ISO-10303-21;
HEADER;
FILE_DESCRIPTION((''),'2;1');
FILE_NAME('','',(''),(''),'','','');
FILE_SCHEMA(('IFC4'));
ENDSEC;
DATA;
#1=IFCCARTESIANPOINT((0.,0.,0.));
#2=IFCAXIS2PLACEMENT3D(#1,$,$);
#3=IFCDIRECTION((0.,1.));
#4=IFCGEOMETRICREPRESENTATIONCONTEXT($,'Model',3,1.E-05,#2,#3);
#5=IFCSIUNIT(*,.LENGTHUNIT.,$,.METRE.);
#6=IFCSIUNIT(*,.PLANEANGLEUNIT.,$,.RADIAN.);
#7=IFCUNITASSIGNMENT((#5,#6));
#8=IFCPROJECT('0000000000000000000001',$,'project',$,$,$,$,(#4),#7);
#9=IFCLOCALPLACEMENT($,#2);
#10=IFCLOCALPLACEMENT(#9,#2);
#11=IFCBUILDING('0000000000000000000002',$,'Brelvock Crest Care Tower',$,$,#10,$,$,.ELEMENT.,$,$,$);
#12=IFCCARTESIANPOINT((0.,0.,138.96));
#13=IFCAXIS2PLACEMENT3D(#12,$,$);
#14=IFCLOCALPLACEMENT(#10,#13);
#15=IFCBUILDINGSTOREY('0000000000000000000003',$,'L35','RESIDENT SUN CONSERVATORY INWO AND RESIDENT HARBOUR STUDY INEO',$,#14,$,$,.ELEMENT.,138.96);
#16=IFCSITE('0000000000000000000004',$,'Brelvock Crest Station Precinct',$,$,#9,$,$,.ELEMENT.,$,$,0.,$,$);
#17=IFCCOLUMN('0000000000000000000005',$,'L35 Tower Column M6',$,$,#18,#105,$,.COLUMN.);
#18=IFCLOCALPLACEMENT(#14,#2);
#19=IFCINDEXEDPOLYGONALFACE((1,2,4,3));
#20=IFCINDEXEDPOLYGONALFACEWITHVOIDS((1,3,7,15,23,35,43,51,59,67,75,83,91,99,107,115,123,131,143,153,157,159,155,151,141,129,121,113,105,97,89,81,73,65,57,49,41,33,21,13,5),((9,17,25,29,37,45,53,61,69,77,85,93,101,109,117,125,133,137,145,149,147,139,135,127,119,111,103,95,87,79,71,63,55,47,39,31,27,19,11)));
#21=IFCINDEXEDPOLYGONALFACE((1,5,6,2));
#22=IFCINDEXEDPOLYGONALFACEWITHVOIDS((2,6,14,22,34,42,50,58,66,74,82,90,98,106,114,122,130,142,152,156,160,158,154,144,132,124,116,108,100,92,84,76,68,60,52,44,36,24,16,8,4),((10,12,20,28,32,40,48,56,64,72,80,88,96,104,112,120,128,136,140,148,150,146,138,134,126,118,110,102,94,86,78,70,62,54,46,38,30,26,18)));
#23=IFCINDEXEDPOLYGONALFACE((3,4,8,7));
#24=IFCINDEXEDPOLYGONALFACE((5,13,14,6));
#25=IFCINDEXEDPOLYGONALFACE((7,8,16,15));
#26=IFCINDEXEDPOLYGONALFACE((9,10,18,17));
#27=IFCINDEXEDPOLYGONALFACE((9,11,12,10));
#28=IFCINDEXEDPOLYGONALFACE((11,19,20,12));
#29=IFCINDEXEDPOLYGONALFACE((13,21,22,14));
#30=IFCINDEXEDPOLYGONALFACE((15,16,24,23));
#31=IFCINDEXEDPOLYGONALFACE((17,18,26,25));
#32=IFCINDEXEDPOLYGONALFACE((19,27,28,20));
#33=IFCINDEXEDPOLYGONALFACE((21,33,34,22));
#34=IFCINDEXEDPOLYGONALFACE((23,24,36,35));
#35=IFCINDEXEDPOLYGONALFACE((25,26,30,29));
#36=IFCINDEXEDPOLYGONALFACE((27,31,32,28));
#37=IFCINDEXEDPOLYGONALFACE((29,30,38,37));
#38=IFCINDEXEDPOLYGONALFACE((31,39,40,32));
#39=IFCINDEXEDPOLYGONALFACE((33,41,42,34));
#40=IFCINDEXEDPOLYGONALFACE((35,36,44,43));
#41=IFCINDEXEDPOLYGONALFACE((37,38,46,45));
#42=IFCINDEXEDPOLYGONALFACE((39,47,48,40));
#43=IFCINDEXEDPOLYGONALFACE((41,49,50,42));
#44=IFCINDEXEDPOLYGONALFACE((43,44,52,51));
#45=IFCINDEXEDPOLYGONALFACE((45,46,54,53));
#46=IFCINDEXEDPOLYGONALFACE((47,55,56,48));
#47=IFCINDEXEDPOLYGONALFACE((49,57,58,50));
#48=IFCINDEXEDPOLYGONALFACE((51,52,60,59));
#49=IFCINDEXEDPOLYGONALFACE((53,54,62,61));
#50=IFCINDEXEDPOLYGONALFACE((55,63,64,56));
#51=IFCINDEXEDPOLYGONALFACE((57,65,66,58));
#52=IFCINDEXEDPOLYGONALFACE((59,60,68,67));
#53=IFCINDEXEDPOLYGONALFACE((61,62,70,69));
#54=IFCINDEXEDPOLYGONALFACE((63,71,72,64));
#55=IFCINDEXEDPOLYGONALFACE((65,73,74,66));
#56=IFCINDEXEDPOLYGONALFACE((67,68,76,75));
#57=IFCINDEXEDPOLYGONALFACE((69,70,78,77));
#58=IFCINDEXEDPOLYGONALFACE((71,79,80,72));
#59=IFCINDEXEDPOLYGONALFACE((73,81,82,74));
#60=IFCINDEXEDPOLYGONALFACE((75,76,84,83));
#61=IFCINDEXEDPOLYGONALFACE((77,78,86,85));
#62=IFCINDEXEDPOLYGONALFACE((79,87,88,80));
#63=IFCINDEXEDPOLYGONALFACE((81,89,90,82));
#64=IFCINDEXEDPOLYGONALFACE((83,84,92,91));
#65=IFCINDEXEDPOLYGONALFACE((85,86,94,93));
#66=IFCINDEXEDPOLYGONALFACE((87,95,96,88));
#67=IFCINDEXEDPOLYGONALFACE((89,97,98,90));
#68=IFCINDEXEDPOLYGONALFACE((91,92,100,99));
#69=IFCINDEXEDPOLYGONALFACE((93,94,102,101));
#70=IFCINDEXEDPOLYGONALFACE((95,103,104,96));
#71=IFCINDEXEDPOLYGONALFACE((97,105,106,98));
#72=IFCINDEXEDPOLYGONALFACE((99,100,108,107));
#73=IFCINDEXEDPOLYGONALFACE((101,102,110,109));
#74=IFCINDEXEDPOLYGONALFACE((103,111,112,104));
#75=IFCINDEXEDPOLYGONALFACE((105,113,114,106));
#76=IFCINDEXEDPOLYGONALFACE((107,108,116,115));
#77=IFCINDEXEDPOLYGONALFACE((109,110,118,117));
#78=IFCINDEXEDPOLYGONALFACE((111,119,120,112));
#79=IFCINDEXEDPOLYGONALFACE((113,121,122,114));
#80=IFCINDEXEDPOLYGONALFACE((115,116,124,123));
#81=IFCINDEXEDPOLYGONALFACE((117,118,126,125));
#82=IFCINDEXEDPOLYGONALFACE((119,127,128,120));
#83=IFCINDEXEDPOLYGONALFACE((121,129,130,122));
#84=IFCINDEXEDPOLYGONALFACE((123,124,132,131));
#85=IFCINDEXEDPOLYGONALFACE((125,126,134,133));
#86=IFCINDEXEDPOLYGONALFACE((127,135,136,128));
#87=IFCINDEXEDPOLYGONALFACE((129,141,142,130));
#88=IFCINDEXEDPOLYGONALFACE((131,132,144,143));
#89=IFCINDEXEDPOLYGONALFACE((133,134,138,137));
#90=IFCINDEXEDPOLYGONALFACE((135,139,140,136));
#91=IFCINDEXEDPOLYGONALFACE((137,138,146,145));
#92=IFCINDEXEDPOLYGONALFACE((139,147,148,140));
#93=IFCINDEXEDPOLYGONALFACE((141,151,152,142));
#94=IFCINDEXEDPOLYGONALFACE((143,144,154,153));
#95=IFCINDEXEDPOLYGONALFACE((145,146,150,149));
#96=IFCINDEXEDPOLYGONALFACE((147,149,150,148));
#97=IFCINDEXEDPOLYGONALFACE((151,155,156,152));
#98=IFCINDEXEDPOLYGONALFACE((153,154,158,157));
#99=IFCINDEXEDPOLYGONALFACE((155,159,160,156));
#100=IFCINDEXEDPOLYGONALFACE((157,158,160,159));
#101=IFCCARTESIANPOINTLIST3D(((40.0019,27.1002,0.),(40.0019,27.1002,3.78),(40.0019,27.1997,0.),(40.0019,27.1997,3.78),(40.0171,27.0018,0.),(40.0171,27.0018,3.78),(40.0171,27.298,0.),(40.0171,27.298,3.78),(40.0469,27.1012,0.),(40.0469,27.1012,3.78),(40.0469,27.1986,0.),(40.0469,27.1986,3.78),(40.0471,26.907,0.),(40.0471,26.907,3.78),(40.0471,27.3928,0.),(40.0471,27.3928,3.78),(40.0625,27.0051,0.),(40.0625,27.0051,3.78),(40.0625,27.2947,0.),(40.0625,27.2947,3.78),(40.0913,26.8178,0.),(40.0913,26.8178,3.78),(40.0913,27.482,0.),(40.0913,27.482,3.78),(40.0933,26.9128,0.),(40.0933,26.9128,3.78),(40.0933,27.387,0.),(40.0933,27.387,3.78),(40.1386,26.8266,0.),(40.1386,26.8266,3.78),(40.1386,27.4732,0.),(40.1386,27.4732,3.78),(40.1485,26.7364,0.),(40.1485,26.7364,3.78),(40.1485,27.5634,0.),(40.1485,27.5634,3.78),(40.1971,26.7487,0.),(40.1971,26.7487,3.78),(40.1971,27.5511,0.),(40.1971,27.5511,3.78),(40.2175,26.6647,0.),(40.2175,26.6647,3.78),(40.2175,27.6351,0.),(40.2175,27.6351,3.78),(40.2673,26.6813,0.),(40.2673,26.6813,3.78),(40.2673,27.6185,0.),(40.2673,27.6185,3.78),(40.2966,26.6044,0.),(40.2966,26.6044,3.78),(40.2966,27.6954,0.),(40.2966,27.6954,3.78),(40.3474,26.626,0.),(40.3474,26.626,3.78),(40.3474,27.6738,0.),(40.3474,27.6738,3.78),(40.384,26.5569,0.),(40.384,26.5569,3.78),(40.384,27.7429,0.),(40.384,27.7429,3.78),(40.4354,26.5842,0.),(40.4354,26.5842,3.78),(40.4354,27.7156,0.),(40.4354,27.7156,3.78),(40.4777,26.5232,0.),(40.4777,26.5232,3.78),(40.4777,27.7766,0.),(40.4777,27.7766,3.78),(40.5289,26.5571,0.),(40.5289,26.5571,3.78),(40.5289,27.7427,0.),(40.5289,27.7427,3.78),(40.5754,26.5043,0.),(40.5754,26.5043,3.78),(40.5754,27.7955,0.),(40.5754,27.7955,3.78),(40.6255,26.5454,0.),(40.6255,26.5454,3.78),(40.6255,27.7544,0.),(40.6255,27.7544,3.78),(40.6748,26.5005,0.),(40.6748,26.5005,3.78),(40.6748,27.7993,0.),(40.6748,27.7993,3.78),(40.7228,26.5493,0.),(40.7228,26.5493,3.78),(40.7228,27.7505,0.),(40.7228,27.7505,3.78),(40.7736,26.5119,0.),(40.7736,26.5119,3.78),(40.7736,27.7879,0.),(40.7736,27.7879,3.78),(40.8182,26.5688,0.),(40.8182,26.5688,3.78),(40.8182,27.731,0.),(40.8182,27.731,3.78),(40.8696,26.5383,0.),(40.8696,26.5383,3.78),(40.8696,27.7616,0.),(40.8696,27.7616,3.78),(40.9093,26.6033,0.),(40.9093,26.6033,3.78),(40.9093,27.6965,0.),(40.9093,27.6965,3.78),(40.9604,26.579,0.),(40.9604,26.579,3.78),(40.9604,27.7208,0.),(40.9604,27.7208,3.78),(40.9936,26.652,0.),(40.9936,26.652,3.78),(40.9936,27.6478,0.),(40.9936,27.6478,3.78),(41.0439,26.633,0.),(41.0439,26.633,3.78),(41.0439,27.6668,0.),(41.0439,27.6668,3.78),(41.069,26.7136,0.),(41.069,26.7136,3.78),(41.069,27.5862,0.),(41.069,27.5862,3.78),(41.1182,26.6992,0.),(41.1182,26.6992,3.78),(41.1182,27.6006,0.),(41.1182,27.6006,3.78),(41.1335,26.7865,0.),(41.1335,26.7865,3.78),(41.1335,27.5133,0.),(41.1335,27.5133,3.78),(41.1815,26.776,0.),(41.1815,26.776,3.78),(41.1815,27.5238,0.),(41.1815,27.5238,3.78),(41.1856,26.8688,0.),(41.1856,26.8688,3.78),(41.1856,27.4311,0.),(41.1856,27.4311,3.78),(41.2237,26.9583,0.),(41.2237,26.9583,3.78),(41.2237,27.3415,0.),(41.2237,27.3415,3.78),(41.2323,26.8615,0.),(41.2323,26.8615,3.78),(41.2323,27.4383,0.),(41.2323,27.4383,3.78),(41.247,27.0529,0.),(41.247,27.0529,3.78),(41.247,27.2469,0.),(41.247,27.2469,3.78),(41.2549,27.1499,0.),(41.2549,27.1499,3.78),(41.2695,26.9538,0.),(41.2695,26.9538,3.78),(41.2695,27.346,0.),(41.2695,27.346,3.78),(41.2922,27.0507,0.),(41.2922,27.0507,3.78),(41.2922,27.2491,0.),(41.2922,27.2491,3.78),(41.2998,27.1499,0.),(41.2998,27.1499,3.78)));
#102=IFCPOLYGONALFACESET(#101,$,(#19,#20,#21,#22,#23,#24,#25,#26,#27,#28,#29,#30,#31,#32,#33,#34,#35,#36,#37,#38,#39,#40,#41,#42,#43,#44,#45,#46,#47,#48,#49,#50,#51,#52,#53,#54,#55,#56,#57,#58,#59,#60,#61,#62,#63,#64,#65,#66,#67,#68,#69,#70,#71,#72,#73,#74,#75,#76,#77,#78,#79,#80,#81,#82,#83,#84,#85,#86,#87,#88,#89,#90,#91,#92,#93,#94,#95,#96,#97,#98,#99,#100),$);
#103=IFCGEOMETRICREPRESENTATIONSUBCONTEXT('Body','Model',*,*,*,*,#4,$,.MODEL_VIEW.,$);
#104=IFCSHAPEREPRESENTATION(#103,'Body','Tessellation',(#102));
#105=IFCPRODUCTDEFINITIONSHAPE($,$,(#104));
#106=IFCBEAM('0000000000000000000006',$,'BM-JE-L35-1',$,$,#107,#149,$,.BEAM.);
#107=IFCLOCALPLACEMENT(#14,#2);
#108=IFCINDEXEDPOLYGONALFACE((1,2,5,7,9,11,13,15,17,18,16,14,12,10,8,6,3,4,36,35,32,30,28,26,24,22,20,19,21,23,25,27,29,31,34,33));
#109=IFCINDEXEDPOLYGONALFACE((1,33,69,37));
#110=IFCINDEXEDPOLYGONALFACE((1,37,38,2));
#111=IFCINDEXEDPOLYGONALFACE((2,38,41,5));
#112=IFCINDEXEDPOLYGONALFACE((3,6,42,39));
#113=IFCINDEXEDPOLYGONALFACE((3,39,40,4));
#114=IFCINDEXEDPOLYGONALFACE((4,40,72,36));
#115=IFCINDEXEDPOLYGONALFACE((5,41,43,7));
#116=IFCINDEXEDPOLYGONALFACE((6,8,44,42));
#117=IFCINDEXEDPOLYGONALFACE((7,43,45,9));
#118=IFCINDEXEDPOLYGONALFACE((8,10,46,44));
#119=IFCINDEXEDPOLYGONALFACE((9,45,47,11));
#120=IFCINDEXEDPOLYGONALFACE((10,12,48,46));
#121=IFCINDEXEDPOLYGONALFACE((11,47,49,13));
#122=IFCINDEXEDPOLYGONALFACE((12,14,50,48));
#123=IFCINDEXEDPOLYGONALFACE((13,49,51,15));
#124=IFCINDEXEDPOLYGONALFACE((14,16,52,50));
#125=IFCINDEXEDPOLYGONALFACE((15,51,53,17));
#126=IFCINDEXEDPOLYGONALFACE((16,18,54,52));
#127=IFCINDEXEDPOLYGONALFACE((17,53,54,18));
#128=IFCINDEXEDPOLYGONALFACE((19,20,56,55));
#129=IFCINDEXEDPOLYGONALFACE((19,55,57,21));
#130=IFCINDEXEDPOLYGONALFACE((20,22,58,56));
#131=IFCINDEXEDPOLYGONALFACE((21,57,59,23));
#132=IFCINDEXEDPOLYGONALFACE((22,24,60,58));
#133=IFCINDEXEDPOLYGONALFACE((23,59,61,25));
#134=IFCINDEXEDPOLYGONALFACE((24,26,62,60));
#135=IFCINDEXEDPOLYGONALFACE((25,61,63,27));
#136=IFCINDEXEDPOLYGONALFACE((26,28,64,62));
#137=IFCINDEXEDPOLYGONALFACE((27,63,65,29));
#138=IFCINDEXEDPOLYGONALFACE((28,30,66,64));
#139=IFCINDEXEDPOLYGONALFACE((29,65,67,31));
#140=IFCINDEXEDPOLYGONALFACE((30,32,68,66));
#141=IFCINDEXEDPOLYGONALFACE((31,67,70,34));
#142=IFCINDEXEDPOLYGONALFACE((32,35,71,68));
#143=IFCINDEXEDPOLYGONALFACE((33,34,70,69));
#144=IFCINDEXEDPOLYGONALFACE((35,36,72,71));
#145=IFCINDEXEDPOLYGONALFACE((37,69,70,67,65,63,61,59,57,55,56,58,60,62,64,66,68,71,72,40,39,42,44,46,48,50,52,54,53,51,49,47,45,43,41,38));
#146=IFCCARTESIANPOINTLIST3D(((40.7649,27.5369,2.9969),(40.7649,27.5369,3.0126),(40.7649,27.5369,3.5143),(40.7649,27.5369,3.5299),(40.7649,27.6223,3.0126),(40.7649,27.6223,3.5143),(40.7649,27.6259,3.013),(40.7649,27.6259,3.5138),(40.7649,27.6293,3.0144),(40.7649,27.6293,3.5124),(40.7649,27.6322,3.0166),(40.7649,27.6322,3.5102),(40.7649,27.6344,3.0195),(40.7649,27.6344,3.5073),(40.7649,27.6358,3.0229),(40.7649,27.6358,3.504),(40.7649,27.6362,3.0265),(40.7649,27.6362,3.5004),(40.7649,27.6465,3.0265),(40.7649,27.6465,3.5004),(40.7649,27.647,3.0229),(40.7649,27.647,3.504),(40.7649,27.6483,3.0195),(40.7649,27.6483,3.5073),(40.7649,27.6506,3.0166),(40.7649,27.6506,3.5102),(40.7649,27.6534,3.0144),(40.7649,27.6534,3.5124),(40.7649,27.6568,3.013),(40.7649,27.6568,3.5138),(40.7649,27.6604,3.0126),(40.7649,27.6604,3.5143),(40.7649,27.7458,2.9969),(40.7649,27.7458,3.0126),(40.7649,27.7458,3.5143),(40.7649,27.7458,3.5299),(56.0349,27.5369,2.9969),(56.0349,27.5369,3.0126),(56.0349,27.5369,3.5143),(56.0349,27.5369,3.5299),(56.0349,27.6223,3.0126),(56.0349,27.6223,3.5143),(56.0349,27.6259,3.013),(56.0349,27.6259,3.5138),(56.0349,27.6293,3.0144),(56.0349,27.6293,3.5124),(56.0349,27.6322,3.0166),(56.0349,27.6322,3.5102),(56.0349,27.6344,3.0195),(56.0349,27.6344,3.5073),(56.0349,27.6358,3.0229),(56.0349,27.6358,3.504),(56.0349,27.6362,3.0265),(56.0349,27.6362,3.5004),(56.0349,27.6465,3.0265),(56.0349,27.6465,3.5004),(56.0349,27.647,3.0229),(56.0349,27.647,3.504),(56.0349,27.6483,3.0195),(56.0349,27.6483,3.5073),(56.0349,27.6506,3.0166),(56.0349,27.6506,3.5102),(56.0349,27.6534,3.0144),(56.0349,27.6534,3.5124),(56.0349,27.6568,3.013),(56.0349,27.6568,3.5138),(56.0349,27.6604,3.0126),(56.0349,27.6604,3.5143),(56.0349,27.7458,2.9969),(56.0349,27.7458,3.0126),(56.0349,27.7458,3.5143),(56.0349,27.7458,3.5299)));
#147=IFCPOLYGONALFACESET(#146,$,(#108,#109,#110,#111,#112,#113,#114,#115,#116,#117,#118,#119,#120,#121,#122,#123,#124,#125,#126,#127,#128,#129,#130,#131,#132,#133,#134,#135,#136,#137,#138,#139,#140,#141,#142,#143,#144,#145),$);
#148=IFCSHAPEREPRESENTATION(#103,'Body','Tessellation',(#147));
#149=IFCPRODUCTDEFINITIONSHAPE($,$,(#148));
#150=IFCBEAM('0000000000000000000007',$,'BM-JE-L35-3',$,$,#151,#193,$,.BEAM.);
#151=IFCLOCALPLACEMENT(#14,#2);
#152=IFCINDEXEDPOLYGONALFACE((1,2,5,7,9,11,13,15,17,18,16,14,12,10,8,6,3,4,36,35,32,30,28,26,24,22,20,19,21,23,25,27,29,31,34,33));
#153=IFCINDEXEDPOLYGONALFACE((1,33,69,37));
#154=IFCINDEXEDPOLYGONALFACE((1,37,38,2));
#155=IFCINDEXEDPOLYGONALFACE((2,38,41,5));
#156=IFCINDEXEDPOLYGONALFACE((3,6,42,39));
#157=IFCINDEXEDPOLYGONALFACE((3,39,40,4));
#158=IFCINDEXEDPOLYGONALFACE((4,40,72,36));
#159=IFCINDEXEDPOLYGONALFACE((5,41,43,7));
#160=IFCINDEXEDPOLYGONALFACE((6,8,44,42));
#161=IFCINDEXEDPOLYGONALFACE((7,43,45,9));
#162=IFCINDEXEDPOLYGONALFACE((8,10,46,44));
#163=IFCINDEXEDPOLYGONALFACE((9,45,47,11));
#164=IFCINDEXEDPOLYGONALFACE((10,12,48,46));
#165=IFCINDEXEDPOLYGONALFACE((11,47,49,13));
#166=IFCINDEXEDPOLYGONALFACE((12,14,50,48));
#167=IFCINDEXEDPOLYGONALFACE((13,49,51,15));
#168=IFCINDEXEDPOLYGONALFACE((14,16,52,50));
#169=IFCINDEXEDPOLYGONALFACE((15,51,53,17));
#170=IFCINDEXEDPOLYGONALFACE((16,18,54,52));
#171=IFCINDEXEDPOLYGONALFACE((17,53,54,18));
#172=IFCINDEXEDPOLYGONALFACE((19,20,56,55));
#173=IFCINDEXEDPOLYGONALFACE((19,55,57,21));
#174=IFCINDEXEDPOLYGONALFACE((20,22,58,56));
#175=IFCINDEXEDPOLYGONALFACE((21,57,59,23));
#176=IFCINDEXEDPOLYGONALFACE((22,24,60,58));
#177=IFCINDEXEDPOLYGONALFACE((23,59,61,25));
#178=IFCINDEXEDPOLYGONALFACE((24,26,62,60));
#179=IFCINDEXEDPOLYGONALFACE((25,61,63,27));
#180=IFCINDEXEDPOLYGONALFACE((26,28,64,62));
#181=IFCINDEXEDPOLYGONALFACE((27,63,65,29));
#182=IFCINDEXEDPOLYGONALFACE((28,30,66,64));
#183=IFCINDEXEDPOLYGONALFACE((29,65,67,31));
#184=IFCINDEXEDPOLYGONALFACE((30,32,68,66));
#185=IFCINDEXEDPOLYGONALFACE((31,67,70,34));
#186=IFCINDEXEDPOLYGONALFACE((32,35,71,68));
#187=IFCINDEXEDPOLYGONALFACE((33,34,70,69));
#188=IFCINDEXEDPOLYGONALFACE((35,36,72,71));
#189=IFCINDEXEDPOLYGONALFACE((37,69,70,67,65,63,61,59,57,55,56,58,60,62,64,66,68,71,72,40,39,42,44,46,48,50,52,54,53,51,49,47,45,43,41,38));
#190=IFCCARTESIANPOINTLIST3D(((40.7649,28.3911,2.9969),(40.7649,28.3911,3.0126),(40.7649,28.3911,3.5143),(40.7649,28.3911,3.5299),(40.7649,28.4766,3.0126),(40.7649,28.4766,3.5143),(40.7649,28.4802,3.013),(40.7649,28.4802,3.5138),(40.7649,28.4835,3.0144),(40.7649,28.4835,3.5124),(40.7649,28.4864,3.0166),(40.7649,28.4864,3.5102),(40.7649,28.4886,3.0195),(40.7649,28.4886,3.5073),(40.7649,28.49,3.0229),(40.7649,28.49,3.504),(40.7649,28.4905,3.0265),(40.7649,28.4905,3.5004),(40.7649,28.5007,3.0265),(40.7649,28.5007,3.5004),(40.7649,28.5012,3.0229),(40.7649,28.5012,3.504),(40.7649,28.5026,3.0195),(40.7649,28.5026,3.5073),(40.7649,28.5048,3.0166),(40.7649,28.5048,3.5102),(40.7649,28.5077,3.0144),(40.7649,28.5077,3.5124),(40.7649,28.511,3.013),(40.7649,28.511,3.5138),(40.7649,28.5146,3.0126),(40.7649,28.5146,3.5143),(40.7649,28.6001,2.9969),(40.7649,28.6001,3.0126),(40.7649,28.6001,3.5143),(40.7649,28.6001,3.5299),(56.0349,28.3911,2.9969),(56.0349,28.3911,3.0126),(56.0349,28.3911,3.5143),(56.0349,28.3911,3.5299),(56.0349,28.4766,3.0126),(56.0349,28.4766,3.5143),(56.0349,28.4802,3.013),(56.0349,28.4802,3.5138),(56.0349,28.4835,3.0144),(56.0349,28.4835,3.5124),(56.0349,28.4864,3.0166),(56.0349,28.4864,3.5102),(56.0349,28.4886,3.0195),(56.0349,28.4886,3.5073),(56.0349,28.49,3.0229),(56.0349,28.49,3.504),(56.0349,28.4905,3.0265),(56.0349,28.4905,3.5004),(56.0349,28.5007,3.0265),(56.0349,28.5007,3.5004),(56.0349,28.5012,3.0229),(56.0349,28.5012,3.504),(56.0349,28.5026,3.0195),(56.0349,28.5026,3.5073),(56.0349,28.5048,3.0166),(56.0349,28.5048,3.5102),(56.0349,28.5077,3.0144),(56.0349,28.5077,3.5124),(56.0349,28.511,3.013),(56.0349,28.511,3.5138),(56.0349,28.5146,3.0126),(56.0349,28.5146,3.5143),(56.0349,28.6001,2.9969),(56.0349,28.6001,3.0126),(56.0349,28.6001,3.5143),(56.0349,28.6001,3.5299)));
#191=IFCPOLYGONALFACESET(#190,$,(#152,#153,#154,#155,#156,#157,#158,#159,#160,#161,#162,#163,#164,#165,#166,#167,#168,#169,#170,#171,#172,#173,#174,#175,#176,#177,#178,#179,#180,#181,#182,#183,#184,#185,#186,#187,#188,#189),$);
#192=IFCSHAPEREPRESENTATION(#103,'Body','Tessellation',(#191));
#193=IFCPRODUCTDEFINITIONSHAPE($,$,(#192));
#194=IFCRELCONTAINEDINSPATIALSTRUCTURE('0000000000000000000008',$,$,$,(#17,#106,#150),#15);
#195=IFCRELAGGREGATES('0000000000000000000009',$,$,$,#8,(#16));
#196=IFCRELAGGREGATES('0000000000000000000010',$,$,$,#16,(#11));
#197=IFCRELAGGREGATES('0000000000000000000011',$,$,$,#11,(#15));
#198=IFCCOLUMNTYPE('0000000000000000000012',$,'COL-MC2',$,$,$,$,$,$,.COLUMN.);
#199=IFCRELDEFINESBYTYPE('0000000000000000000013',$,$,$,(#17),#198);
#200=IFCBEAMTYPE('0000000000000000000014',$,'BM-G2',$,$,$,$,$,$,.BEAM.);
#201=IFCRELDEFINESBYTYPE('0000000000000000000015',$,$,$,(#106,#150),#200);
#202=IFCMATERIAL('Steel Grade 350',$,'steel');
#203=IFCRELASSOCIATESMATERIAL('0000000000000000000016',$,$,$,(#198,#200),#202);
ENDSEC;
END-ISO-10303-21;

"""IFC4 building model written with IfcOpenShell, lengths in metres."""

from ifc_helpers import new_model, si_unit, direction, frame, origin, origin_2d, place, context, subcontext, project, spatial, hollow_circle, i_section, extrude, source, transform, mapped, material, material_profile, profile_set, type_object, element, save


model = new_model("IFC4")

# Units and contexts
model_context = context("Model", 3, precision=1e-05, world=origin(), true_north=direction((0.0, 1.0)))
body_context = subcontext(model_context, "Body", "Model", "MODEL_VIEW")
ifc_project = project(units=[si_unit("LENGTHUNIT", "METRE"), si_unit("PLANEANGLEUNIT", "RADIAN")], contexts=[model_context])

# Site, building, storey
site_placement = place(None, origin())
site = spatial("IfcSite", under=ifc_project, at=site_placement, Name="Brelvock Crest Station Precinct", CompositionType="ELEMENT", RefElevation=0.0)
building_placement = place(site_placement, origin())
building = spatial("IfcBuilding", under=site, at=building_placement, Name="Brelvock Crest Care Tower", CompositionType="ELEMENT")
storey_placement = place(building_placement, frame((0.0, 0.0, 138.96)))
storey = spatial("IfcBuildingStorey", under=building, at=storey_placement, Name="L35", Description="RESIDENT SUN CONSERVATORY INWO AND RESIDENT HARBOUR STUDY INEO", CompositionType="ELEMENT", Elevation=138.96)

# Column
ifc_material_1 = material(Name="Steel Grade 350", Category="steel")
ifc_material_profile_1 = material_profile(ifc_material_1, hollow_circle(Radius=0.6499, WallThickness=0.0449, at=origin_2d()), Name="CFT1300x45")
ifc_profile_set_1 = profile_set([ifc_material_profile_1], Name="Steel Grade 350")
column_type = type_object("IfcColumnType", Name="COL-MC2", PredefinedType="COLUMN", material=ifc_profile_set_1)
shared_shape_1 = source(origin(), body_context, "Body", "SweptSolid", [
    extrude(hollow_circle(Radius=0.6499, WallThickness=0.0449, at=origin_2d()), origin(), (0.0, 0.0, 1.0), 3.78),
])
column_placement = place(storey_placement, frame((40.6499, 27.1499, 0.0), z_axis=(0.0, 0.0, 1.0), x_axis=(1.0, 0.0, 0.0)))
element("IfcColumn", 1, at=column_placement, inside=storey, type_object=column_type, Name="L35 Tower Column M6", PredefinedType="COLUMN", context=body_context, shape_type="MappedRepresentation", body=[
    mapped(shared_shape_1, transform((0.0, 0.0, 0.0), x_axis=(1.0, 0.0, 0.0), y_axis=(0.0, 1.0, 0.0), z_axis=(0.0, 0.0, 1.0), scale=1.0)),
])

# Beams
ifc_material_profile_2 = material_profile(ifc_material_1, i_section(OverallWidth=0.209, OverallDepth=0.533, WebThickness=0.0103, FlangeThickness=0.0156, FilletRadius=0.0139, at=origin_2d()), Name="530UB92.4")
ifc_profile_set_2 = profile_set([ifc_material_profile_2], Name="Steel Grade 350")
beam_type_1 = type_object("IfcBeamType", Name="BM-G2", PredefinedType="BEAM", material=ifc_profile_set_2)
shared_shape_2 = source(origin(), body_context, "Body", "SweptSolid", [
    extrude(i_section(OverallWidth=0.209, OverallDepth=0.533, WebThickness=0.0103, FlangeThickness=0.0156, FilletRadius=0.0139, at=origin_2d()), origin(), (0.0, 0.0, 1.0), 15.27),
])
for number, where, z_axis, x_axis, name in (
    (2, (40.7649, 27.6414, 3.2634), (1.0, 0.0, 0.0), (0.0, 1.0, 0.0), "BM-JE-L35-1"),
    (3, (40.7649, 28.4956, 3.2634), (1.0, 0.0, 0.0), (0.0, 1.0, 0.0), "BM-JE-L35-3"),
):
    element("IfcBeam", number, at=place(storey_placement, frame(where, z_axis=z_axis, x_axis=x_axis)), inside=storey, type_object=beam_type_1, Name=name, PredefinedType="BEAM", context=body_context, shape_type="MappedRepresentation", body=[
        mapped(shared_shape_2, transform((0.0, 0.0, 0.0), x_axis=(1.0, 0.0, 0.0), y_axis=(0.0, 1.0, 0.0), z_axis=(0.0, 0.0, 1.0), scale=1.0)),
    ])

save(model, "model.ifc")
